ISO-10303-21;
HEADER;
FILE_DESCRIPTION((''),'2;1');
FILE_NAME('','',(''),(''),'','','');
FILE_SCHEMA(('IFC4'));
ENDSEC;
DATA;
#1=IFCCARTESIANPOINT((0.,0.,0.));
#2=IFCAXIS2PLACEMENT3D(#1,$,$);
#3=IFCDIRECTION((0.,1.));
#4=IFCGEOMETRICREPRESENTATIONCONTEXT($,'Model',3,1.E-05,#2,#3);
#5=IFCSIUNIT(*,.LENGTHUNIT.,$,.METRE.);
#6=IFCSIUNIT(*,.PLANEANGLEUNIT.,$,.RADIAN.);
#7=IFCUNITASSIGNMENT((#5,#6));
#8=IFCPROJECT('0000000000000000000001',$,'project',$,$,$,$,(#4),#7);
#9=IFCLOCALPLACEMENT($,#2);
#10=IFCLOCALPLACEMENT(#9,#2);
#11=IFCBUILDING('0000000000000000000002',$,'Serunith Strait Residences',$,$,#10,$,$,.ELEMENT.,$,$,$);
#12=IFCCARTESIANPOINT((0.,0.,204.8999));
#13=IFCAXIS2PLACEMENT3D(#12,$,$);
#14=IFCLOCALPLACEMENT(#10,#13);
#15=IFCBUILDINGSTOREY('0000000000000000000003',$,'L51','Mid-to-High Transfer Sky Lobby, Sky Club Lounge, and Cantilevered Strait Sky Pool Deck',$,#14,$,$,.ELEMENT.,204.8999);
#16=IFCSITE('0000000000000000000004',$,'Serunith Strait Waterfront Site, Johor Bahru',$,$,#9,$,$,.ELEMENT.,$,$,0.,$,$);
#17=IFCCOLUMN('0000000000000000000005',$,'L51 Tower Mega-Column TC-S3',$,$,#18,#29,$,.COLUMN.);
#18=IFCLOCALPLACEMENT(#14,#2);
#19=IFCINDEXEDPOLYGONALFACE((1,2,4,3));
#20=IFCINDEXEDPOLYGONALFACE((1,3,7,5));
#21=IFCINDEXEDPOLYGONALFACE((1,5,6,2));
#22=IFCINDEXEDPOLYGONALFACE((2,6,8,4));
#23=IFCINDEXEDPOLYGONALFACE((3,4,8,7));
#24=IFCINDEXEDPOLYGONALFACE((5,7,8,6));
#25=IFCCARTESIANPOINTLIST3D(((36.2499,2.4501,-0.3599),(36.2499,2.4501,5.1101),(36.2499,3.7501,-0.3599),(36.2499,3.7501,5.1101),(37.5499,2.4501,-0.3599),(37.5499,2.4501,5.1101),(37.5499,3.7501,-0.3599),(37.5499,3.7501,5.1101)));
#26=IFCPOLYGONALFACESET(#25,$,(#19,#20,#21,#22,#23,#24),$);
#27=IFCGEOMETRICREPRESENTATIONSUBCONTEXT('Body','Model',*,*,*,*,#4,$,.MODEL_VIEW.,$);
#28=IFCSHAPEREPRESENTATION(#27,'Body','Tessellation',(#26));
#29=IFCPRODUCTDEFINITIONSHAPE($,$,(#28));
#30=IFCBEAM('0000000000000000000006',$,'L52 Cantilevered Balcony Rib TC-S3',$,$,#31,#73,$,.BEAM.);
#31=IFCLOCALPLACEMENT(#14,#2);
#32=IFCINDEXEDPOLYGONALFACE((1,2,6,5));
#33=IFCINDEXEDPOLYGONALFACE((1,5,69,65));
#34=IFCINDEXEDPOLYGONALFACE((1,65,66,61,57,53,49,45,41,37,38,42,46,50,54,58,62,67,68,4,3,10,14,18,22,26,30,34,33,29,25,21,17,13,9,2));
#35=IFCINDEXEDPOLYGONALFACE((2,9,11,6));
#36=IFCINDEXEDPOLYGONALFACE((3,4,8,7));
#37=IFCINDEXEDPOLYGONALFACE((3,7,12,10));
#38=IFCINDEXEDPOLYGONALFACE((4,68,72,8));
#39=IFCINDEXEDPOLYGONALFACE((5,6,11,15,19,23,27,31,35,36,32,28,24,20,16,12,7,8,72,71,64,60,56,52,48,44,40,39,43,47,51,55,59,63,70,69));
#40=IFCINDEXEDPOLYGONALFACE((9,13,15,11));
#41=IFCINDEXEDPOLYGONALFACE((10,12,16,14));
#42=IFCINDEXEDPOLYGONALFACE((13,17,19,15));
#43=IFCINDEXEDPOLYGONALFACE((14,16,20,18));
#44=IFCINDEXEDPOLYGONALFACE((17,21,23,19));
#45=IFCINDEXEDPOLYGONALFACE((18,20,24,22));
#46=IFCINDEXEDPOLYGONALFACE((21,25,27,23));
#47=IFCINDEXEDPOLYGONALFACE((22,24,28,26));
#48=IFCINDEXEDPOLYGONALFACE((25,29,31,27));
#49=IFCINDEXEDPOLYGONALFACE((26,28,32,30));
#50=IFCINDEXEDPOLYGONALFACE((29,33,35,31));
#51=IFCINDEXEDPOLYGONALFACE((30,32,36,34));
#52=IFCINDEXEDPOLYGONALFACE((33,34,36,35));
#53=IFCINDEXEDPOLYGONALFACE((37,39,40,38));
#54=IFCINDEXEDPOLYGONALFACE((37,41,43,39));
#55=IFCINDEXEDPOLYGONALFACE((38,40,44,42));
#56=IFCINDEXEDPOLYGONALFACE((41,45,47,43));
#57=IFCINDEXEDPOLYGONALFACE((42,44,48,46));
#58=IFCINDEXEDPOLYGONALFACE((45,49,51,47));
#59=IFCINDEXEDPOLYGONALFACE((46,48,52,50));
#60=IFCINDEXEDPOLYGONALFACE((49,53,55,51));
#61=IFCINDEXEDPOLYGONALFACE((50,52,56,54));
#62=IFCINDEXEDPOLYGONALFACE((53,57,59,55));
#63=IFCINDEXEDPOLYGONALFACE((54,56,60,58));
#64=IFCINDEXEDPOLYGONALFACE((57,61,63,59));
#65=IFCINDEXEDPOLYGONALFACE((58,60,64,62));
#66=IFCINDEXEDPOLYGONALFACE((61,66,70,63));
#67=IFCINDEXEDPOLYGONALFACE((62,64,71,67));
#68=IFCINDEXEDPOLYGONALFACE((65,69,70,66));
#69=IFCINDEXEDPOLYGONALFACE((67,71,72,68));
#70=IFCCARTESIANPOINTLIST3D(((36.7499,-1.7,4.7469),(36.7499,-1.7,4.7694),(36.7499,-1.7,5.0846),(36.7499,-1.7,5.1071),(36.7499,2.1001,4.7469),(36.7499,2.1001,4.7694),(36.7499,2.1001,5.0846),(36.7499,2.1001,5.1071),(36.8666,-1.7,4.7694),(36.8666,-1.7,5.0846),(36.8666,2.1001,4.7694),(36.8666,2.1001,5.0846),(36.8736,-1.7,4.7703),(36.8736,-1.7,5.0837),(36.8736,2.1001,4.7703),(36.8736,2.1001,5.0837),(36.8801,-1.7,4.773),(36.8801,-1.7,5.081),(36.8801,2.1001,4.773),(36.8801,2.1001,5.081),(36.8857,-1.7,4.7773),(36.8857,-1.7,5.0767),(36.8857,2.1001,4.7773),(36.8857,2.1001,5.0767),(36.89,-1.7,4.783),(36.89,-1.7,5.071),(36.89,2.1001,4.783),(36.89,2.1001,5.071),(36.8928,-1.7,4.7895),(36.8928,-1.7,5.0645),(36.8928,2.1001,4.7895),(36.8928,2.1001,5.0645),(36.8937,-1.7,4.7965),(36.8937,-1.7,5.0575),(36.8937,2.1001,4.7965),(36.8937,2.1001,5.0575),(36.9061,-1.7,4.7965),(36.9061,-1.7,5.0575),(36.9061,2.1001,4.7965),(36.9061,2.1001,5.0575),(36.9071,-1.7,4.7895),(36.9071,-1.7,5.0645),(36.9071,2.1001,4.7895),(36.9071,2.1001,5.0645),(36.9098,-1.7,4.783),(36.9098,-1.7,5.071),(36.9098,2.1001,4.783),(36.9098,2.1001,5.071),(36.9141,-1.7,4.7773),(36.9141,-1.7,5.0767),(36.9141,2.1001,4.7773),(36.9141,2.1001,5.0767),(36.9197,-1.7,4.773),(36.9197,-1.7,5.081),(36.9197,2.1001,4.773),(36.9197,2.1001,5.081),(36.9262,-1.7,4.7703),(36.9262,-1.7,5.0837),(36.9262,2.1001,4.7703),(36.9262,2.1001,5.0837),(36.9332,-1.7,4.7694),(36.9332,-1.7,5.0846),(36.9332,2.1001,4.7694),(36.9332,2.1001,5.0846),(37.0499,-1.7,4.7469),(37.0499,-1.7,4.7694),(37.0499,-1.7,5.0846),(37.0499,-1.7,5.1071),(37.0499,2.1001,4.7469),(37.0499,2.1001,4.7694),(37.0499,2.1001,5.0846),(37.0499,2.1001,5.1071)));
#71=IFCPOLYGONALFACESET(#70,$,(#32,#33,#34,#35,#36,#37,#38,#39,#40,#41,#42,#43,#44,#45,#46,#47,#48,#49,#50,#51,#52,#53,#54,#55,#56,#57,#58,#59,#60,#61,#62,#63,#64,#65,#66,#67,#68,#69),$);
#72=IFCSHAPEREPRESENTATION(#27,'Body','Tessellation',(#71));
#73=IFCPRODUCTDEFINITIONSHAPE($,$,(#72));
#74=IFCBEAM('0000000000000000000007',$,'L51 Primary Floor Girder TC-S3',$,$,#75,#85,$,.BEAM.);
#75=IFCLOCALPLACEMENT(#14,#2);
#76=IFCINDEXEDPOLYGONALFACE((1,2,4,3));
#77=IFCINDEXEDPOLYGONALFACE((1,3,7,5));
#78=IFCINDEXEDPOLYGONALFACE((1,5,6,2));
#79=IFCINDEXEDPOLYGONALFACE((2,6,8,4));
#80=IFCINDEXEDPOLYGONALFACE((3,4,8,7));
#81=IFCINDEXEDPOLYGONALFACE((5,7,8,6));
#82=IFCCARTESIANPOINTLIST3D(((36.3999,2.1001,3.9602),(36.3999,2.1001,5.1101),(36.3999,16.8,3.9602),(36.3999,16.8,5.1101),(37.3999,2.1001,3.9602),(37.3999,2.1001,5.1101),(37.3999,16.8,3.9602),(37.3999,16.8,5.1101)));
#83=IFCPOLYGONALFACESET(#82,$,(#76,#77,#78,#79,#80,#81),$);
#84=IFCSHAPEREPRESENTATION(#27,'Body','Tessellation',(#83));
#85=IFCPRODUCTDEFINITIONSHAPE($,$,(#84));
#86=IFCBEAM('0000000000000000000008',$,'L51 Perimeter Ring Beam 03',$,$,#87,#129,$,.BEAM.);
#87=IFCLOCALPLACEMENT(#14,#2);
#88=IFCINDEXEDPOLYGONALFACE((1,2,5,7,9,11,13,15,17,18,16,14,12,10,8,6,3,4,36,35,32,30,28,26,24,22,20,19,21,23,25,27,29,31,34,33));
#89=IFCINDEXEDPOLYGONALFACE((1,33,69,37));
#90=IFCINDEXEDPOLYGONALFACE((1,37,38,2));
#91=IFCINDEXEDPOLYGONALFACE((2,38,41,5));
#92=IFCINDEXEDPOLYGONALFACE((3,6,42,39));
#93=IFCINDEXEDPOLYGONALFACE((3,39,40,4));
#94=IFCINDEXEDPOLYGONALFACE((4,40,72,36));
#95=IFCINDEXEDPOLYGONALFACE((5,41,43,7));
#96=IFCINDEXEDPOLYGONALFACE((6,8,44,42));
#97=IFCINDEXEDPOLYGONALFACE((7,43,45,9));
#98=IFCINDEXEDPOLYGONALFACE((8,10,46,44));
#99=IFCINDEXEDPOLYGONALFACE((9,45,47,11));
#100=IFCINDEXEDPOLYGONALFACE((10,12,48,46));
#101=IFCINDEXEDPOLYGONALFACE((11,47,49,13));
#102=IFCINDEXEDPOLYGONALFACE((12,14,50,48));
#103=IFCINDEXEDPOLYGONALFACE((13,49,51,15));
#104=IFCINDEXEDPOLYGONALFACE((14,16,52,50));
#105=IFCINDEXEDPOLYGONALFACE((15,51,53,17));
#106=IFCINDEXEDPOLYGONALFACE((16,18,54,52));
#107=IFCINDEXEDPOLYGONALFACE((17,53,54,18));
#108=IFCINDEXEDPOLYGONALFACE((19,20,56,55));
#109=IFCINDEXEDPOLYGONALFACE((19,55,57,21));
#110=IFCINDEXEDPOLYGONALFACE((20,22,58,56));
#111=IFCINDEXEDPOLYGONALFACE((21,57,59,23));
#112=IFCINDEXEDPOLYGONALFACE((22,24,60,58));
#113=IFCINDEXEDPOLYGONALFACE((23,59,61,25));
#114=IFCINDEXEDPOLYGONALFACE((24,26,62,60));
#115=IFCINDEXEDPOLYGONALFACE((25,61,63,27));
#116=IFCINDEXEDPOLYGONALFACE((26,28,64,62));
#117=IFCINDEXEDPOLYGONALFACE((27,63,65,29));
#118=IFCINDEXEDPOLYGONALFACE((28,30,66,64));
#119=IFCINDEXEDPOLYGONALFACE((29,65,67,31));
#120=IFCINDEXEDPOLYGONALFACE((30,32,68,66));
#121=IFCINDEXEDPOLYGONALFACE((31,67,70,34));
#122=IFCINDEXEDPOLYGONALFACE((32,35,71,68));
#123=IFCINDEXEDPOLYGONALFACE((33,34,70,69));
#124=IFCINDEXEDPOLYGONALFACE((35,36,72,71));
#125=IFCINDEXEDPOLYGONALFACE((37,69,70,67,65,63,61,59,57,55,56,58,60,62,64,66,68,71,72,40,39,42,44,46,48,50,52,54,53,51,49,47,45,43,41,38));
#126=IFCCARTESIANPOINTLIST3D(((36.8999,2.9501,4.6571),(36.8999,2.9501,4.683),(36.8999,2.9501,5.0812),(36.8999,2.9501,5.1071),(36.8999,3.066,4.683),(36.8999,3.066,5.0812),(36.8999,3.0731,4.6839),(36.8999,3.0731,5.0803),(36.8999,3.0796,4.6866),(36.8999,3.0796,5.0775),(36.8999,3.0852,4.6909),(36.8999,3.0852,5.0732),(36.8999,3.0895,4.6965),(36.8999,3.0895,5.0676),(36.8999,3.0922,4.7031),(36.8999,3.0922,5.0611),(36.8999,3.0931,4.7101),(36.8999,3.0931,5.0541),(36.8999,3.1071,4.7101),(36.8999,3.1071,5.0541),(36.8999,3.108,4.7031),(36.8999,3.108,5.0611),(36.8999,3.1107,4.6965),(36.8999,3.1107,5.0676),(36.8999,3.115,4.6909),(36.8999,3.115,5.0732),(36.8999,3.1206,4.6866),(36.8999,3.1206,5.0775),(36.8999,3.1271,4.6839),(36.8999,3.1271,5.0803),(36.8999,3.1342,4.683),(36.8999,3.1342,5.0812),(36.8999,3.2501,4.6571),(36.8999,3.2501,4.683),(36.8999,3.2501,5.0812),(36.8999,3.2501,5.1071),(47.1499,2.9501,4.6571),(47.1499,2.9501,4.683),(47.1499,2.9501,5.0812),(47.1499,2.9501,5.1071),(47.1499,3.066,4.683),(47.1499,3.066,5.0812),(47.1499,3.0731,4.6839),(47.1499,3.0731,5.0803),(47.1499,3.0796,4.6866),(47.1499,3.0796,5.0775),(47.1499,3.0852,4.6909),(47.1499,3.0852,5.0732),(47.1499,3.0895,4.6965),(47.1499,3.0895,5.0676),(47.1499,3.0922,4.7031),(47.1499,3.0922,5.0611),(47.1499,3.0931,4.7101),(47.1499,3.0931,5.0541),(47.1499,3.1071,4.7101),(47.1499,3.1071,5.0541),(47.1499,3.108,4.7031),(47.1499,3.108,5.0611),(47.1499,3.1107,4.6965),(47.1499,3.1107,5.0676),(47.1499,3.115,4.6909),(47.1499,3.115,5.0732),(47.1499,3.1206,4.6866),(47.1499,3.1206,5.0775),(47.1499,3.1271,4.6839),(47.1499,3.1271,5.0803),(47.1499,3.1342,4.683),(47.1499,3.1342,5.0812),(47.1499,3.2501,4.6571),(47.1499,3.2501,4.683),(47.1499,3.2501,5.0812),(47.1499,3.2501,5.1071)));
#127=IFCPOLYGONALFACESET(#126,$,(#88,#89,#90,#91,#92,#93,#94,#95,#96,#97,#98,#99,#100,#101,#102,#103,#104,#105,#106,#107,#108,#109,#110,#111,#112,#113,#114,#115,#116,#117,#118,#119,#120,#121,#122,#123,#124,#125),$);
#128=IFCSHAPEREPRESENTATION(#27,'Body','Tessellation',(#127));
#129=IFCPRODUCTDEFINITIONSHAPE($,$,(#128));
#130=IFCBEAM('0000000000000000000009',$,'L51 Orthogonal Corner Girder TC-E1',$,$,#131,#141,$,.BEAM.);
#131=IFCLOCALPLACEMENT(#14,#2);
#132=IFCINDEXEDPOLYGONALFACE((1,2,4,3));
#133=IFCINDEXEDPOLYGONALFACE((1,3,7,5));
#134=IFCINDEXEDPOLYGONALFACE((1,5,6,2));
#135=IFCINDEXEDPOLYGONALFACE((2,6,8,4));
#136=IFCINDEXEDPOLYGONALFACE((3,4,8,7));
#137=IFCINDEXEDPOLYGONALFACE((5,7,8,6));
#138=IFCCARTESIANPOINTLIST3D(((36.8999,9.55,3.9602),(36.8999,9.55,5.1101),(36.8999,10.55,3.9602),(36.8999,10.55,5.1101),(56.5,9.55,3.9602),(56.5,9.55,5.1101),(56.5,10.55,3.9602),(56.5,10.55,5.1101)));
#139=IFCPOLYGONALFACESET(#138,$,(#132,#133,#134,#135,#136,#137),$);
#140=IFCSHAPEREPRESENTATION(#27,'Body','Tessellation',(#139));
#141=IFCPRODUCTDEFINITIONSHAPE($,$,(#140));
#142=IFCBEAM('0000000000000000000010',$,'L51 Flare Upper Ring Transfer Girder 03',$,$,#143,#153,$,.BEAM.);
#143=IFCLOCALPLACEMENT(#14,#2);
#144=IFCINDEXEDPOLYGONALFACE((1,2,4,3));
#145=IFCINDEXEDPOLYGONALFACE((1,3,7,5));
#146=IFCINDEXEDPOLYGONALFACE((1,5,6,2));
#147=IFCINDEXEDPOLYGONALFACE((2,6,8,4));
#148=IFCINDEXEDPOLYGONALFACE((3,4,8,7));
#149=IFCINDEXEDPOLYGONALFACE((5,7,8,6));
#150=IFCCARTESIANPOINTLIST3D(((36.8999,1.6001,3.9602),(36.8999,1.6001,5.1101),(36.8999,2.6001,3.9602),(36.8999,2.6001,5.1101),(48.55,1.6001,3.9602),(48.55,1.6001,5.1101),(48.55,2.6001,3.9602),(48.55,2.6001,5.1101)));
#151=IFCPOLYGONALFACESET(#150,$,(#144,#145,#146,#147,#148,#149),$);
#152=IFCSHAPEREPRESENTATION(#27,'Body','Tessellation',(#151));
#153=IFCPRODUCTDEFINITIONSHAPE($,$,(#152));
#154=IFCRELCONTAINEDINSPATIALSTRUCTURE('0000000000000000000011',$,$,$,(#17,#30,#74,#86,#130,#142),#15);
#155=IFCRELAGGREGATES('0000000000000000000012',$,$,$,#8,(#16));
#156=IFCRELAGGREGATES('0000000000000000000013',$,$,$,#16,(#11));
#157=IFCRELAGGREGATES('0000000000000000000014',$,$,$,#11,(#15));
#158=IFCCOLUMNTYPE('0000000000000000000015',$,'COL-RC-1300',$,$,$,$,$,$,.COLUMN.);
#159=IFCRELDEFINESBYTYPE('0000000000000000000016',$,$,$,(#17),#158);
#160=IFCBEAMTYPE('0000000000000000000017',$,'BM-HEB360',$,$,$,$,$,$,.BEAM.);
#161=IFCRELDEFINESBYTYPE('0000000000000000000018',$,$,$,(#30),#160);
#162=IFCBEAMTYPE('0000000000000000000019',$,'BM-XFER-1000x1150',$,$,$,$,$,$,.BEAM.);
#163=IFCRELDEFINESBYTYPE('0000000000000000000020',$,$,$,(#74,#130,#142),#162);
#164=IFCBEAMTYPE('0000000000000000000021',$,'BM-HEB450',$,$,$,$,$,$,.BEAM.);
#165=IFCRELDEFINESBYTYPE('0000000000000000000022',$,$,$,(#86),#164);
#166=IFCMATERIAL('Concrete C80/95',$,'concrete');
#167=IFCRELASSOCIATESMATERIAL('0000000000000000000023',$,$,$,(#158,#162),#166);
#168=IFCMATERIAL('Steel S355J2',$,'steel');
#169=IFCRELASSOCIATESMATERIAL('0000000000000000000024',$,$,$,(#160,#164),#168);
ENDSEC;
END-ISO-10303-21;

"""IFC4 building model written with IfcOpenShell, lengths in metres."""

from ifc_helpers import new_model, si_unit, direction, frame, origin, origin_2d, place, context, subcontext, project, spatial, rectangle, i_section, extrude, source, transform, mapped, material, material_profile, profile_set, type_object, element, save


model = new_model("IFC4")

# Units and contexts
model_context = context("Model", 3, precision=1e-05, world=origin(), true_north=direction((0.0, 1.0)))
body_context = subcontext(model_context, "Body", "Model", "MODEL_VIEW")
ifc_project = project(units=[si_unit("LENGTHUNIT", "METRE"), si_unit("PLANEANGLEUNIT", "RADIAN")], contexts=[model_context])

# Site, building, storey
site_placement = place(None, origin())
site = spatial("IfcSite", under=ifc_project, at=site_placement, Name="Serunith Strait Waterfront Site, Johor Bahru", CompositionType="ELEMENT", RefElevation=0.0)
building_placement = place(site_placement, origin())
building = spatial("IfcBuilding", under=site, at=building_placement, Name="Serunith Strait Residences", CompositionType="ELEMENT")
storey_placement = place(building_placement, frame((0.0, 0.0, 204.8999)))
storey = spatial("IfcBuildingStorey", under=building, at=storey_placement, Name="L51", Description="Mid-to-High Transfer Sky Lobby, Sky Club Lounge, and Cantilevered Strait Sky Pool Deck", CompositionType="ELEMENT", Elevation=204.8999)

# Column
ifc_material_1 = material(Name="Concrete C80/95", Category="concrete")
ifc_material_profile_1 = material_profile(ifc_material_1, rectangle(XDim=1.3, YDim=1.3, at=origin_2d()), Name="RC 1300x1300")
ifc_profile_set_1 = profile_set([ifc_material_profile_1], Name="Concrete C80/95")
column_type = type_object("IfcColumnType", Name="COL-RC-1300", PredefinedType="COLUMN", material=ifc_profile_set_1)
shared_shape_1 = source(origin(), body_context, "Body", "SweptSolid", [
    extrude(rectangle(XDim=1.3, YDim=1.3, at=origin_2d()), origin(), (0.0, 0.0, 1.0), 5.47),
])
column_placement = place(storey_placement, frame((36.8999, 3.1001, -0.3599), z_axis=(0.0, 0.0, 1.0), x_axis=(1.0, 0.0, 0.0)))
element("IfcColumn", 1, at=column_placement, inside=storey, type_object=column_type, Name="L51 Tower Mega-Column TC-S3", PredefinedType="COLUMN", context=body_context, shape_type="MappedRepresentation", body=[
    mapped(shared_shape_1, transform((0.0, 0.0, 0.0), scale=1.0)),
])

# Beams
ifc_material_2 = material(Name="Steel S355J2", Category="steel")
ifc_material_profile_2 = material_profile(ifc_material_2, i_section(OverallWidth=0.3, OverallDepth=0.3601, WebThickness=0.0125, FlangeThickness=0.0225, FilletRadius=0.0271, at=origin_2d()), Name="HEB 360")
ifc_profile_set_2 = profile_set([ifc_material_profile_2], Name="Steel S355J2")
beam_type_1 = type_object("IfcBeamType", Name="BM-HEB360", PredefinedType="BEAM", material=ifc_profile_set_2)
shared_shape_2 = source(origin(), body_context, "Body", "SweptSolid", [
    extrude(i_section(OverallWidth=0.3, OverallDepth=0.3601, WebThickness=0.0125, FlangeThickness=0.0225, FilletRadius=0.0271, at=origin_2d()), origin(), (0.0, 0.0, 1.0), 3.8),
])
beam_1_placement = place(storey_placement, frame((36.8999, 2.1001, 4.927), z_axis=(0.0, -1.0, 0.0), x_axis=(1.0, 0.0, 0.0)))
element("IfcBeam", 2, at=beam_1_placement, inside=storey, type_object=beam_type_1, Name="L52 Cantilevered Balcony Rib TC-S3", PredefinedType="BEAM", context=body_context, shape_type="MappedRepresentation", body=[
    mapped(shared_shape_2, transform((0.0, 0.0, 0.0), scale=1.0)),
])
ifc_material_profile_3 = material_profile(ifc_material_1, rectangle(XDim=1.0, YDim=1.1499, at=origin_2d()), Name="RC 1000x1150")
ifc_profile_set_3 = profile_set([ifc_material_profile_3], Name="Concrete C80/95")
beam_type_2 = type_object("IfcBeamType", Name="BM-XFER-1000x1150", PredefinedType="BEAM", material=ifc_profile_set_3)
shared_shape_3 = source(origin(), body_context, "Body", "SweptSolid", [
    extrude(rectangle(XDim=1.0, YDim=1.1499, at=origin_2d()), origin(), (0.0, 0.0, 1.0), 14.7),
])
beam_2_placement = place(storey_placement, frame((36.8999, 16.8, 4.5352), z_axis=(0.0, -1.0, 0.0), x_axis=(1.0, 0.0, 0.0)))
element("IfcBeam", 3, at=beam_2_placement, inside=storey, type_object=beam_type_2, Name="L51 Primary Floor Girder TC-S3", PredefinedType="BEAM", context=body_context, shape_type="MappedRepresentation", body=[
    mapped(shared_shape_3, transform((0.0, 0.0, 0.0), scale=1.0)),
])
ifc_material_profile_4 = material_profile(ifc_material_2, i_section(OverallWidth=0.3, OverallDepth=0.45, WebThickness=0.0139, FlangeThickness=0.0259, FilletRadius=0.0271, at=origin_2d()), Name="HEB 450")
ifc_profile_set_4 = profile_set([ifc_material_profile_4], Name="Steel S355J2")
beam_type_3 = type_object("IfcBeamType", Name="BM-HEB450", PredefinedType="BEAM", material=ifc_profile_set_4)
shared_shape_4 = source(origin(), body_context, "Body", "SweptSolid", [
    extrude(i_section(OverallWidth=0.3, OverallDepth=0.45, WebThickness=0.0139, FlangeThickness=0.0259, FilletRadius=0.0271, at=origin_2d()), origin(), (0.0, 0.0, 1.0), 10.25),
])
beam_3_placement = place(storey_placement, frame((36.8999, 3.1001, 4.8821), z_axis=(1.0, 0.0, 0.0), x_axis=(0.0, 1.0, 0.0)))
element("IfcBeam", 4, at=beam_3_placement, inside=storey, type_object=beam_type_3, Name="L51 Perimeter Ring Beam 03", PredefinedType="BEAM", context=body_context, shape_type="MappedRepresentation", body=[
    mapped(shared_shape_4, transform((0.0, 0.0, 0.0), scale=1.0)),
])
shared_shape_5 = source(origin(), body_context, "Body", "SweptSolid", [
    extrude(rectangle(XDim=1.0, YDim=1.1499, at=origin_2d()), origin(), (0.0, 0.0, 1.0), 19.6001),
])
beam_4_placement = place(storey_placement, frame((36.8999, 10.05, 4.5352), z_axis=(1.0, 0.0, 0.0), x_axis=(0.0, 1.0, 0.0)))
element("IfcBeam", 5, at=beam_4_placement, inside=storey, type_object=beam_type_2, Name="L51 Orthogonal Corner Girder TC-E1", PredefinedType="BEAM", context=body_context, shape_type="MappedRepresentation", body=[
    mapped(shared_shape_5, transform((0.0, 0.0, 0.0), scale=1.0)),
])
shared_shape_6 = source(origin(), body_context, "Body", "SweptSolid", [
    extrude(rectangle(XDim=1.0, YDim=1.1499, at=origin_2d()), origin(), (0.0, 0.0, 1.0), 11.6501),
])
beam_5_placement = place(storey_placement, frame((36.8999, 2.1001, 4.5352), z_axis=(1.0, 0.0, 0.0), x_axis=(0.0, 1.0, 0.0)))
element("IfcBeam", 6, at=beam_5_placement, inside=storey, type_object=beam_type_2, Name="L51 Flare Upper Ring Transfer Girder 03", PredefinedType="BEAM", context=body_context, shape_type="MappedRepresentation", body=[
    mapped(shared_shape_6, transform((0.0, 0.0, 0.0), scale=1.0)),
])

save(model, "model.ifc")
